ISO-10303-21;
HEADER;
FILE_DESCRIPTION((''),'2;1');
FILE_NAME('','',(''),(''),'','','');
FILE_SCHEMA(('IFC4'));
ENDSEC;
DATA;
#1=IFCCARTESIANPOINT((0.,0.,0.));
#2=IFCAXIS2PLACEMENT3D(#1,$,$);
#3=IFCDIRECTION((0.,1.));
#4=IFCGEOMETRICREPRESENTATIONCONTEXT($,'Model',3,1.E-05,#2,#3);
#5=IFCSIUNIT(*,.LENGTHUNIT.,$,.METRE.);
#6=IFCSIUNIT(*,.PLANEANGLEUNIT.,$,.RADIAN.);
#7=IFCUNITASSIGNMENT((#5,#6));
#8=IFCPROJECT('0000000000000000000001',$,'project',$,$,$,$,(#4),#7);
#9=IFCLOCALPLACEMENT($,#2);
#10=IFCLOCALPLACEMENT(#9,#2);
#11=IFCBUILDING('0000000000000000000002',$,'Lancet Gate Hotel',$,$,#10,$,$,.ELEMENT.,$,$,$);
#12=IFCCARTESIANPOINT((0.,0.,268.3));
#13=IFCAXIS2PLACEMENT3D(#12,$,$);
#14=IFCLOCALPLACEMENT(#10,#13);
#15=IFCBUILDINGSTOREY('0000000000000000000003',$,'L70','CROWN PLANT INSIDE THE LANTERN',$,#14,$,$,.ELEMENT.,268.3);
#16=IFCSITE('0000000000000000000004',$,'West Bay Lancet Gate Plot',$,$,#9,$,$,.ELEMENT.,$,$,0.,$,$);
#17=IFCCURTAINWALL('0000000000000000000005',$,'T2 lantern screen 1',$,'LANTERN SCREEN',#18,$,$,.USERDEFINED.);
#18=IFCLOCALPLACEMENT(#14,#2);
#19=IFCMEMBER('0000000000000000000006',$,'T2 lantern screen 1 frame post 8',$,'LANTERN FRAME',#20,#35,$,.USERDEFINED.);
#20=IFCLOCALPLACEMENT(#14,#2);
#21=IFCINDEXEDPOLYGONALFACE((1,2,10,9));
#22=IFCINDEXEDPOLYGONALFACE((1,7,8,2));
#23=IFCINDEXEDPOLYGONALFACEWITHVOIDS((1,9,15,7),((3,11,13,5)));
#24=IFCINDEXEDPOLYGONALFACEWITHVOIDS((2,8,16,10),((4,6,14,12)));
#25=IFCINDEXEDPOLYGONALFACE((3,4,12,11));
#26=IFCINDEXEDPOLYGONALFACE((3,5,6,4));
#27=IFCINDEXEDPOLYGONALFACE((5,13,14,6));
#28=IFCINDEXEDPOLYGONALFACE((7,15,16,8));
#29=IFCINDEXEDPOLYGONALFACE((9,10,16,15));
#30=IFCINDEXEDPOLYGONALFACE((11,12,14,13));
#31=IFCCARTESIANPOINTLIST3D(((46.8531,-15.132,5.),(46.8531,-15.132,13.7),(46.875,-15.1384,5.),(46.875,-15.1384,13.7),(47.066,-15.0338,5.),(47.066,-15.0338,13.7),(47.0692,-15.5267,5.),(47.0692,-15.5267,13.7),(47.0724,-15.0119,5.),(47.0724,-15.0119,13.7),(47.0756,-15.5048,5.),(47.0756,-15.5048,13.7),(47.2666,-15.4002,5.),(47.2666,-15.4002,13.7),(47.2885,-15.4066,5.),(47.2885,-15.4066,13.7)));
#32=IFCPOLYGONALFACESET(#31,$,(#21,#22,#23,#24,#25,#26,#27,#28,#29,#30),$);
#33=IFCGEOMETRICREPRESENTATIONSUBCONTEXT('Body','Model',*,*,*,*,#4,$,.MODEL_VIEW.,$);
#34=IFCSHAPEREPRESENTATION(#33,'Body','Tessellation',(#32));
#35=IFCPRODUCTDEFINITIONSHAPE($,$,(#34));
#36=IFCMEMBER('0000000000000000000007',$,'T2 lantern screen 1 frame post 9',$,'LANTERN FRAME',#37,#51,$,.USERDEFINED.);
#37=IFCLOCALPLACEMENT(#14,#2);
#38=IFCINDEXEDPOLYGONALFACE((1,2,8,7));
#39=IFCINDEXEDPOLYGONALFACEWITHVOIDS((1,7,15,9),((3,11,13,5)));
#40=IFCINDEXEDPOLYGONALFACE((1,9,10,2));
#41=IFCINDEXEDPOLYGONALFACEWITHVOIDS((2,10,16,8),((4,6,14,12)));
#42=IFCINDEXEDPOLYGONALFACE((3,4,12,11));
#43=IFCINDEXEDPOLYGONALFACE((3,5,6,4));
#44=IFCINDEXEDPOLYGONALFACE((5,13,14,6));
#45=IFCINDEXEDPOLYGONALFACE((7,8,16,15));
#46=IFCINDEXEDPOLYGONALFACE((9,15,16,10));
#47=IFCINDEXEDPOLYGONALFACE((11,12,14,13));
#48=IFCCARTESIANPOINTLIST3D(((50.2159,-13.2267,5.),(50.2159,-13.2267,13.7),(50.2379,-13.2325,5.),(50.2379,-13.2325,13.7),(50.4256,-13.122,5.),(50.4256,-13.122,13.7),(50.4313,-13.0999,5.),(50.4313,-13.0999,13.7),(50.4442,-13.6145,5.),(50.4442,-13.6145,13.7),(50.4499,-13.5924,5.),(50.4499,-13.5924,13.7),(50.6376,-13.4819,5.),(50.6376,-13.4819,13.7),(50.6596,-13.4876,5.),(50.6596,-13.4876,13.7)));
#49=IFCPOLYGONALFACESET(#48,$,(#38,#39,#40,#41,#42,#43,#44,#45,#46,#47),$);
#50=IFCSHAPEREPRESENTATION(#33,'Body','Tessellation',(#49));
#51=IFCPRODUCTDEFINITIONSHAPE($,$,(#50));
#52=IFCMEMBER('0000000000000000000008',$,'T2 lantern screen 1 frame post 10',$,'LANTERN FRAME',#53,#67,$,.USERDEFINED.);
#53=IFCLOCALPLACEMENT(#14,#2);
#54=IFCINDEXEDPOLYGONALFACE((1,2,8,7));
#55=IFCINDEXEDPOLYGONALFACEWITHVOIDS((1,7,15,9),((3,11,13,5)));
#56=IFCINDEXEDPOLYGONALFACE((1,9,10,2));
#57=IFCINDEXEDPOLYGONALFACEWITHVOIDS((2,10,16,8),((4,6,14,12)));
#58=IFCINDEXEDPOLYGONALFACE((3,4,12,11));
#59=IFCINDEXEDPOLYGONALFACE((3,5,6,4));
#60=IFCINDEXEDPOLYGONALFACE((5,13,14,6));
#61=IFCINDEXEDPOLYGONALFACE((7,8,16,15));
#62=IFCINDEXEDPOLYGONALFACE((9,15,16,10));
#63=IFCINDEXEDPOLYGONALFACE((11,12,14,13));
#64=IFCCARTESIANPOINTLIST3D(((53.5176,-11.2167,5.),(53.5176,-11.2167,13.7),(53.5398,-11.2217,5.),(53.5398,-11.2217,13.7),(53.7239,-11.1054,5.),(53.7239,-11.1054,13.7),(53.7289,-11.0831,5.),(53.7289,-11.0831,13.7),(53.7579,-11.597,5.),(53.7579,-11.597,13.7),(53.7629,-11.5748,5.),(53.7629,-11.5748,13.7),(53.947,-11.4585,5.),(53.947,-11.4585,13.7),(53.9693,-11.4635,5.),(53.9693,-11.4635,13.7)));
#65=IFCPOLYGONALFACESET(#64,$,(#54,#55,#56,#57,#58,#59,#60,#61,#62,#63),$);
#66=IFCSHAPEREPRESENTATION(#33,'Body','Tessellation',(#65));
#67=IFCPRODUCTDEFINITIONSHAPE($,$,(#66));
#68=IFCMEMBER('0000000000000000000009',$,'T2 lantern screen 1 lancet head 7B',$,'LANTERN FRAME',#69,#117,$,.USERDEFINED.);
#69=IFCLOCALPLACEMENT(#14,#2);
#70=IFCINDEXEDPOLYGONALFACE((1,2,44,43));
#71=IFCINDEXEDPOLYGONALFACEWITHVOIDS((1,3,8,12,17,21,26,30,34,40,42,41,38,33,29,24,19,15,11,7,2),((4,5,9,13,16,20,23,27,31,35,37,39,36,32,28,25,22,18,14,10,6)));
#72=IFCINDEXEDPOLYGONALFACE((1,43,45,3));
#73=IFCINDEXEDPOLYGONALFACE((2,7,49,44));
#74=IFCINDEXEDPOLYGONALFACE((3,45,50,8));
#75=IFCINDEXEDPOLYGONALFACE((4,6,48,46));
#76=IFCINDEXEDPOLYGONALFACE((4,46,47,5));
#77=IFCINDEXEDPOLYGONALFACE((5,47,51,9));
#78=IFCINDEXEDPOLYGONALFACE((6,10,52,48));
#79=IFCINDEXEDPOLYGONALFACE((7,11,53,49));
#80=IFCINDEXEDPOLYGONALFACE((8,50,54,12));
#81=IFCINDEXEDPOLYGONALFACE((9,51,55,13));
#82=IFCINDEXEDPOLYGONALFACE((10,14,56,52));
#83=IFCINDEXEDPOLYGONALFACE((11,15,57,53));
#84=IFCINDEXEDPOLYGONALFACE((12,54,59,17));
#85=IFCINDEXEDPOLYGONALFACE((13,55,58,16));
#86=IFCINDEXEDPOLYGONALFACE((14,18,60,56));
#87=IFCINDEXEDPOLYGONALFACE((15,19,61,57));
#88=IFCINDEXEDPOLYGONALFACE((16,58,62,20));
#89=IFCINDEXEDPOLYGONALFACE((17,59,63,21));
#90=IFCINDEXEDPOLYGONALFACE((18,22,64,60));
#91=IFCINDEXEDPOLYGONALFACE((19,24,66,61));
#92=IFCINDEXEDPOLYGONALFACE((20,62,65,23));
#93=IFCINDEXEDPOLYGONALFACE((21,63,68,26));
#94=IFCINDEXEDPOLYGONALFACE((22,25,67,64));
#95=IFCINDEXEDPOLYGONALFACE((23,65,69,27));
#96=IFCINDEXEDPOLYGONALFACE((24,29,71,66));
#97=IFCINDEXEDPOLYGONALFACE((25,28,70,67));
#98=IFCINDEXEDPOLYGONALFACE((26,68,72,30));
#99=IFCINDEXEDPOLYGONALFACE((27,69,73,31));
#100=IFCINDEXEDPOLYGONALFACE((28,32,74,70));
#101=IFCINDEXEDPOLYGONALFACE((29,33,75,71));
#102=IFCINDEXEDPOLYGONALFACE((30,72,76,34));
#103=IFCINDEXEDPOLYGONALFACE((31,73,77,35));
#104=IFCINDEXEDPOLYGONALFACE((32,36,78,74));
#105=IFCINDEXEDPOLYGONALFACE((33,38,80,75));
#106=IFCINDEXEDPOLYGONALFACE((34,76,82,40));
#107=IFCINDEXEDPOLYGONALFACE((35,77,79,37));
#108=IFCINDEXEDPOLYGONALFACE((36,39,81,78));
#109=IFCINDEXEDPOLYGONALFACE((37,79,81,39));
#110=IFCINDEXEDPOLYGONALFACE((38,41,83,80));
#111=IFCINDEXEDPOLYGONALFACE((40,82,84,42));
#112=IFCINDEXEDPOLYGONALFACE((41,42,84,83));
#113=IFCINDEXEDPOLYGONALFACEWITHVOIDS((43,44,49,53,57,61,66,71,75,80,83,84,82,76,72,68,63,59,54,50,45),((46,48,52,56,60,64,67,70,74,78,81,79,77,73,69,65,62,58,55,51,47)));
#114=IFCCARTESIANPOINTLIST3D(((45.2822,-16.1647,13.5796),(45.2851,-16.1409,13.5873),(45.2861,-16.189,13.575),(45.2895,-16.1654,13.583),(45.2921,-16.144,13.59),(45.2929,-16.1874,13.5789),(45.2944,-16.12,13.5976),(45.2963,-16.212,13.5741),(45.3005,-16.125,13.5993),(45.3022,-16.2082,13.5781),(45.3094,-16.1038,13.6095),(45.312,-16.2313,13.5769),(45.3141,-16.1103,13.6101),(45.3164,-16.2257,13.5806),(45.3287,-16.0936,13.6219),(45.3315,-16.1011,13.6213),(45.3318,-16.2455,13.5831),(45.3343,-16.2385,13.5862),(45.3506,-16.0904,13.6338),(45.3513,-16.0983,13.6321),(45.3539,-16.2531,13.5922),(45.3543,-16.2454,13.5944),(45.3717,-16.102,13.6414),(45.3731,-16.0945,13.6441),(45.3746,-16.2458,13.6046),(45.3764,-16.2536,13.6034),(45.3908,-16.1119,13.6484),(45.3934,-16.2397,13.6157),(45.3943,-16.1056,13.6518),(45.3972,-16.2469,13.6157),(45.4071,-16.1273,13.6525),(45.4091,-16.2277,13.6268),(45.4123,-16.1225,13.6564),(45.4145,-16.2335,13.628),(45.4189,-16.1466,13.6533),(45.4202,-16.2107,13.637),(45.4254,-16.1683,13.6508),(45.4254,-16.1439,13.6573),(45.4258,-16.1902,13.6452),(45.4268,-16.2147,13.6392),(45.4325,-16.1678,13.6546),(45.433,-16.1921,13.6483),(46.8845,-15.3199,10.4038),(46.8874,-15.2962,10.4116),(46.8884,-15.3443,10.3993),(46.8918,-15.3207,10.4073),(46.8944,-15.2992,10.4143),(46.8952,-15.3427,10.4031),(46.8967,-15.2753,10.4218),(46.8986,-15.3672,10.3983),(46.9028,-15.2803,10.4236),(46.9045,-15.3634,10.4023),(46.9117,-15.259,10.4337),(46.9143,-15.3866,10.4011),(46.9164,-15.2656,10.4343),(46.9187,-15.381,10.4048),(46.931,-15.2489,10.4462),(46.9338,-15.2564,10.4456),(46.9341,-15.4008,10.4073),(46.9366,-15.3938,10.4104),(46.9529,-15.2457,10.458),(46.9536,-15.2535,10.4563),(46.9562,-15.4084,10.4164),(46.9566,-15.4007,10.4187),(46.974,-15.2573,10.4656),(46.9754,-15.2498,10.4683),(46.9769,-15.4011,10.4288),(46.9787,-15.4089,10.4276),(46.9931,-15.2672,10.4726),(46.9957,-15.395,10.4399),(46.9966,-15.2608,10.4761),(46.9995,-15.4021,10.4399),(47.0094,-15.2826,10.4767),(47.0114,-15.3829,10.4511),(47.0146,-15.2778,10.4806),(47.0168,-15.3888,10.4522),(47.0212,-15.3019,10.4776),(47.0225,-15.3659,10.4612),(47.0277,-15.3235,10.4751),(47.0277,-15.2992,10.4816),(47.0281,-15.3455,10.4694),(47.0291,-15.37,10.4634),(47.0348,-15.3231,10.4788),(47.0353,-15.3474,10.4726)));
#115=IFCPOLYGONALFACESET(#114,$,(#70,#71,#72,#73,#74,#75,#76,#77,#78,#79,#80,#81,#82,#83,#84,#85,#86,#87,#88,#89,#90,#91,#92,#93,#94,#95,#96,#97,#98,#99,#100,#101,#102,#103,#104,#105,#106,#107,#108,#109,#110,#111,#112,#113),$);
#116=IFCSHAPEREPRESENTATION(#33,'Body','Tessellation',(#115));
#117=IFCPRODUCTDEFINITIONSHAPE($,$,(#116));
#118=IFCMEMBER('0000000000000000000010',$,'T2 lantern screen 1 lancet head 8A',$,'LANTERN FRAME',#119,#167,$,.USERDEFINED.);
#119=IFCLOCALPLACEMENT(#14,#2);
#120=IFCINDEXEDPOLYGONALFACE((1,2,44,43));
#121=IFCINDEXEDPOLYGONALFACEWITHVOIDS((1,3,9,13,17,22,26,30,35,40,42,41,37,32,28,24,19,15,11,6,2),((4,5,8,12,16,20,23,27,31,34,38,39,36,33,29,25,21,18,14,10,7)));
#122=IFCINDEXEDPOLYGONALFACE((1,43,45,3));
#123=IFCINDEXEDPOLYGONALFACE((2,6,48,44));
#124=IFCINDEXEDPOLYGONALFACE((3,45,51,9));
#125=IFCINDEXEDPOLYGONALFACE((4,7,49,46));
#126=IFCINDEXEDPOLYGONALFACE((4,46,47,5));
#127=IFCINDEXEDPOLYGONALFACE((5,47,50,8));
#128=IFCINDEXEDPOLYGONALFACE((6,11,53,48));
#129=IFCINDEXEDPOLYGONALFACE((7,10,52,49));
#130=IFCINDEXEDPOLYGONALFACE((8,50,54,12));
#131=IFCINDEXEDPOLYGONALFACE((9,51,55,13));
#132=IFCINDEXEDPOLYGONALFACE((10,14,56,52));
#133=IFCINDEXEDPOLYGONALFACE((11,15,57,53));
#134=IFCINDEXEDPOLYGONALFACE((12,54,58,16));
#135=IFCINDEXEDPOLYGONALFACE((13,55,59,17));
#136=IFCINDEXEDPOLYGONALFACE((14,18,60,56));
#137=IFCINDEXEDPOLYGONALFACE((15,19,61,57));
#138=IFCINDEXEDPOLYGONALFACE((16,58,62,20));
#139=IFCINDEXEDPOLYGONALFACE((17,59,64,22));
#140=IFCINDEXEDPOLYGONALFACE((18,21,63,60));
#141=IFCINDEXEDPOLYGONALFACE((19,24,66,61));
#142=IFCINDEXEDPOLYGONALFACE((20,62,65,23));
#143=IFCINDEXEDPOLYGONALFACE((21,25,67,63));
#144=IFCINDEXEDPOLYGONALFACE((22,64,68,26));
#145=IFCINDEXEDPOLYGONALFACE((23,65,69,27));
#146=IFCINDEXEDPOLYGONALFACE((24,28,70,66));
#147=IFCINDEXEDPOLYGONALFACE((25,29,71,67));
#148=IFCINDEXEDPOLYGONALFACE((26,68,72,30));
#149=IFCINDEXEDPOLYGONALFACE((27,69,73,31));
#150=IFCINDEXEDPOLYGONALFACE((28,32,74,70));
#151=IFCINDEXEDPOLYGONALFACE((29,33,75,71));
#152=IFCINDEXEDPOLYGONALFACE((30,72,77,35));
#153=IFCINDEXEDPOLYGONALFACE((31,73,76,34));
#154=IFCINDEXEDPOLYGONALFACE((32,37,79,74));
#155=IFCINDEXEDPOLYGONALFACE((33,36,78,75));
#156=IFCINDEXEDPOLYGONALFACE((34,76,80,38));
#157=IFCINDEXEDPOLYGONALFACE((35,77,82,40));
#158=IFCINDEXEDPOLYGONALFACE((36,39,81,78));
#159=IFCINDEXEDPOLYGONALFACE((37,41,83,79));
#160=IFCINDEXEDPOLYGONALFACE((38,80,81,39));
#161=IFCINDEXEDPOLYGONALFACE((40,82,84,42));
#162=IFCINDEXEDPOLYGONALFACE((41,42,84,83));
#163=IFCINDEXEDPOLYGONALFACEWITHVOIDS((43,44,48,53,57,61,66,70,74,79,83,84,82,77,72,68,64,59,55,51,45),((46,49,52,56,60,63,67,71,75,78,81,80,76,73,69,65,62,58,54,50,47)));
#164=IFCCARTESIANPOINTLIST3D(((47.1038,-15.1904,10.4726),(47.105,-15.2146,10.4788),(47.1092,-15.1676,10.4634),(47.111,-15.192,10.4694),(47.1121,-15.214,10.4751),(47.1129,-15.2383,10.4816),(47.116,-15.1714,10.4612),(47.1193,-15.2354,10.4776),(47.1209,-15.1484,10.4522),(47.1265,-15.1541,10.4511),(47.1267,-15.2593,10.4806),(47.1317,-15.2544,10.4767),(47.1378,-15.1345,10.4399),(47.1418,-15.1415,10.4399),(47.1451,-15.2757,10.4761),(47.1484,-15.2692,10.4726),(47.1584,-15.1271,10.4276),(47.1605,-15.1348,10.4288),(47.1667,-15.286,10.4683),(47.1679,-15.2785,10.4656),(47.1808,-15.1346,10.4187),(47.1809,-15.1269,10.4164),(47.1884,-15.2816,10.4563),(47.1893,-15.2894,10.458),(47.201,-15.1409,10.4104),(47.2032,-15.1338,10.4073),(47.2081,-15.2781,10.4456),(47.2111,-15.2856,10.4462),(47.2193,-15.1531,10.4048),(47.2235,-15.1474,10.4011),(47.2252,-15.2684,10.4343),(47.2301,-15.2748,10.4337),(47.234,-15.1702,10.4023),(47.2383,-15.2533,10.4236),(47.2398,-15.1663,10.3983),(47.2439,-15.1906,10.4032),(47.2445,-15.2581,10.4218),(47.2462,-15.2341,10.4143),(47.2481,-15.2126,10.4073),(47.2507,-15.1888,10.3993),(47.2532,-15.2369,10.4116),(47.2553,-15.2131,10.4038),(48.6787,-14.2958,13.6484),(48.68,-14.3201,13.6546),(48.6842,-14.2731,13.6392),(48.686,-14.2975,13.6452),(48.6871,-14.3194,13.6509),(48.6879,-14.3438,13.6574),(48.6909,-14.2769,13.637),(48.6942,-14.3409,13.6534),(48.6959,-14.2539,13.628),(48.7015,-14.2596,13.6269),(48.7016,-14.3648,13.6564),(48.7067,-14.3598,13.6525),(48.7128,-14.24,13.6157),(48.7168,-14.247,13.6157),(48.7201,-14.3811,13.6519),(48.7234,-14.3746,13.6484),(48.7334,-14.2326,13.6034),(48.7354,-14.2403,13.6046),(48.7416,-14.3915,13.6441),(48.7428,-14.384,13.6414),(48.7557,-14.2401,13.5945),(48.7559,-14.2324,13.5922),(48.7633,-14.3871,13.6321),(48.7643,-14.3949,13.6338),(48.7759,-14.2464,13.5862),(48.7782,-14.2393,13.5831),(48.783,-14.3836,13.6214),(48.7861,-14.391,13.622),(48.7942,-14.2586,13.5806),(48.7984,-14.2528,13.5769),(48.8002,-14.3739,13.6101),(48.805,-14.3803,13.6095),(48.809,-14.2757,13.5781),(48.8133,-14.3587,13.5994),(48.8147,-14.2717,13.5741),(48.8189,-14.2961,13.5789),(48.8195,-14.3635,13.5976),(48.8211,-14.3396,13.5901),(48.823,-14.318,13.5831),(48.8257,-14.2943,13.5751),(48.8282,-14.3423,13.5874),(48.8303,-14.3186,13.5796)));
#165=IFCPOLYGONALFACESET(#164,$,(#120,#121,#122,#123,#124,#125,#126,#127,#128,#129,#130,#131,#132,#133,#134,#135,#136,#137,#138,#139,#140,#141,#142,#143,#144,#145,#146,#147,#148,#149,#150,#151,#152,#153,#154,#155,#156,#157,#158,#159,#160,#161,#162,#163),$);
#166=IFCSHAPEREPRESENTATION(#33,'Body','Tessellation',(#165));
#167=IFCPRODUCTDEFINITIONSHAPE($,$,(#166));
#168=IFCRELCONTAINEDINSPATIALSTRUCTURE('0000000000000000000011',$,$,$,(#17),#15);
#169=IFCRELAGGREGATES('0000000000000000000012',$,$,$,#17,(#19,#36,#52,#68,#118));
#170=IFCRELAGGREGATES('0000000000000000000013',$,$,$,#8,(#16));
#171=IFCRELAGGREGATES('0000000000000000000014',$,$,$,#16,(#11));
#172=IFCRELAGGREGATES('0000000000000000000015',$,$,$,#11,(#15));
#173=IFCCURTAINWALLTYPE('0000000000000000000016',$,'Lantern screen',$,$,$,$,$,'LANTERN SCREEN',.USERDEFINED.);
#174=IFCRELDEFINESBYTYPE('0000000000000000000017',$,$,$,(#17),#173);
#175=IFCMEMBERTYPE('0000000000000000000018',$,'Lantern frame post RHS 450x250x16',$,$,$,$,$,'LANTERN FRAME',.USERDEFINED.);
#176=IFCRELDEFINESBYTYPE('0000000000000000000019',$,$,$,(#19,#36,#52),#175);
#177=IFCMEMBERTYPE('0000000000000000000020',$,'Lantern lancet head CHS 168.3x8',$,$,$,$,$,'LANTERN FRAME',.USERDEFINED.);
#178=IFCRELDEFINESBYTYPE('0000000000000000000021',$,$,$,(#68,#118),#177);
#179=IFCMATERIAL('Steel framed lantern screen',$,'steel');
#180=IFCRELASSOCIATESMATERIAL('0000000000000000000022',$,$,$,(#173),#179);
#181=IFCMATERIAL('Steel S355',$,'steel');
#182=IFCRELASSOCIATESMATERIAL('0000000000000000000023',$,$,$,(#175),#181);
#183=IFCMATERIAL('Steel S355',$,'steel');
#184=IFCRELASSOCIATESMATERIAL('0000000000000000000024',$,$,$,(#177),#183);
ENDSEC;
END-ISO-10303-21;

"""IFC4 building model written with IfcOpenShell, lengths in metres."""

from ifc_helpers import new_model, si_unit, direction, frame, origin, origin_2d, place, context, subcontext, project, spatial, hollow_rectangle, hollow_circle, extrude, material, material_profile, profile_set, type_object, element, aggregate, save


model = new_model("IFC4")

# Units and contexts
model_context = context("Model", 3, precision=1e-05, world=origin(), true_north=direction((0.0, 1.0)))
body_context = subcontext(model_context, "Body", "Model", "MODEL_VIEW")
ifc_project = project(units=[si_unit("LENGTHUNIT", "METRE"), si_unit("PLANEANGLEUNIT", "RADIAN")], contexts=[model_context])

# Site, building, storey
site_placement = place(None, origin())
site = spatial("IfcSite", under=ifc_project, at=site_placement, Name="West Bay Lancet Gate Plot", CompositionType="ELEMENT", RefElevation=0.0)
building_placement = place(site_placement, origin())
building = spatial("IfcBuilding", under=site, at=building_placement, Name="Lancet Gate Hotel", CompositionType="ELEMENT")
storey_placement = place(building_placement, frame((0.0, 0.0, 268.3)))
storey = spatial("IfcBuildingStorey", under=building, at=storey_placement, Name="L70", Description="CROWN PLANT INSIDE THE LANTERN", CompositionType="ELEMENT", Elevation=268.3)

# Curtain wall, members
ifc_material_1 = material(Name="Steel framed lantern screen", Category="steel")
curtain_wall_type_1 = type_object("IfcCurtainWallType", Name="Lantern screen", ElementType="LANTERN SCREEN", PredefinedType="USERDEFINED", material=ifc_material_1)
curtain_wall_1_placement = place(storey_placement, origin())
curtain_wall_1 = element("IfcCurtainWall", 1, at=curtain_wall_1_placement, inside=storey, type_object=curtain_wall_type_1, Name="T2 lantern screen 1", ObjectType="LANTERN SCREEN", PredefinedType="USERDEFINED")
ifc_material_2 = material(Name="Steel S355", Category="steel")
ifc_material_profile_1 = material_profile(ifc_material_2, hollow_rectangle(XDim=0.25, YDim=0.45, WallThickness=0.0161, at=origin_2d()), Name="RHS 450x250x16")
ifc_profile_set_1 = profile_set([ifc_material_profile_1], Name="Steel S355")
member_type_1 = type_object("IfcMemberType", Name="Lantern frame post RHS 450x250x16", ElementType="LANTERN FRAME", PredefinedType="USERDEFINED", material=ifc_profile_set_1)
member_1_placement = place(storey_placement, frame((47.0708, -15.2693, 5.0), z_axis=(0.0, 0.0, 1.0), x_axis=(0.877195, 0.480135, 0.0)))
member_1 = element("IfcMember", 2, at=member_1_placement, type_object=member_type_1, Name="T2 lantern screen 1 frame post 8", ObjectType="LANTERN FRAME", PredefinedType="USERDEFINED", context=body_context, shape_type="SweptSolid", body=[
    extrude(hollow_rectangle(XDim=0.25, YDim=0.45, WallThickness=0.0161, at=origin_2d()), origin(), (0.0, 0.0, 1.0), 8.7),
])
member_2_placement = place(storey_placement, frame((50.4377, -13.3572, 5.0), z_axis=(0.0, 0.0, 1.0), x_axis=(0.861692, 0.507432, 0.0)))
member_2 = element("IfcMember", 3, at=member_2_placement, type_object=member_type_1, Name="T2 lantern screen 1 frame post 9", ObjectType="LANTERN FRAME", PredefinedType="USERDEFINED", context=body_context, shape_type="SweptSolid", body=[
    extrude(hollow_rectangle(XDim=0.25, YDim=0.45, WallThickness=0.0161, at=origin_2d()), origin(), (0.0, 0.0, 1.0), 8.7),
])
member_3_placement = place(storey_placement, frame((53.7434, -11.3401, 5.0), z_axis=(0.0, 0.0, 1.0), x_axis=(0.84534, 0.534229, 0.0)))
member_3 = element("IfcMember", 4, at=member_3_placement, type_object=member_type_1, Name="T2 lantern screen 1 frame post 10", ObjectType="LANTERN FRAME", PredefinedType="USERDEFINED", context=body_context, shape_type="SweptSolid", body=[
    extrude(hollow_rectangle(XDim=0.25, YDim=0.45, WallThickness=0.0161, at=origin_2d()), origin(), (0.0, 0.0, 1.0), 8.7),
])
ifc_material_3 = material(Name="Steel S355", Category="steel")
ifc_material_profile_2 = material_profile(ifc_material_3, hollow_circle(Radius=0.0842, WallThickness=0.0081, at=origin_2d()), Name="CHS 168.3x8.0")
ifc_profile_set_2 = profile_set([ifc_material_profile_2], Name="Steel S355")
member_type_2 = type_object("IfcMemberType", Name="Lantern lancet head CHS 168.3x8", ElementType="LANTERN FRAME", PredefinedType="USERDEFINED", material=ifc_profile_set_2)
member_4_placement = place(storey_placement, frame((46.9602, -15.3276, 10.4399), z_axis=(-0.438262, -0.231051, 0.868644), x_axis=(0.466357, -0.884596, 0.0)))
member_4 = element("IfcMember", 5, at=member_4_placement, type_object=member_type_2, Name="T2 lantern screen 1 lancet head 7B", ObjectType="LANTERN FRAME", PredefinedType="USERDEFINED", context=body_context, shape_type="SweptSolid", body=[
    extrude(hollow_circle(Radius=0.0842, WallThickness=0.0081, at=origin_2d()), origin(), (0.0, 0.0, 1.0), 3.656),
])
member_5_placement = place(storey_placement, frame((47.1794, -15.2078, 10.4399), z_axis=(0.430787, 0.244676, 0.868652), x_axis=(-0.493873, 0.869534, 0.0)))
member_5 = element("IfcMember", 6, at=member_5_placement, type_object=member_type_2, Name="T2 lantern screen 1 lancet head 8A", ObjectType="LANTERN FRAME", PredefinedType="USERDEFINED", context=body_context, shape_type="SweptSolid", body=[
    extrude(hollow_circle(Radius=0.0842, WallThickness=0.0081, at=origin_2d()), origin(), (0.0, 0.0, 1.0), 3.656),
])

aggregate(curtain_wall_1, [member_1, member_2, member_3, member_4, member_5])

save(model, "model.ifc")
